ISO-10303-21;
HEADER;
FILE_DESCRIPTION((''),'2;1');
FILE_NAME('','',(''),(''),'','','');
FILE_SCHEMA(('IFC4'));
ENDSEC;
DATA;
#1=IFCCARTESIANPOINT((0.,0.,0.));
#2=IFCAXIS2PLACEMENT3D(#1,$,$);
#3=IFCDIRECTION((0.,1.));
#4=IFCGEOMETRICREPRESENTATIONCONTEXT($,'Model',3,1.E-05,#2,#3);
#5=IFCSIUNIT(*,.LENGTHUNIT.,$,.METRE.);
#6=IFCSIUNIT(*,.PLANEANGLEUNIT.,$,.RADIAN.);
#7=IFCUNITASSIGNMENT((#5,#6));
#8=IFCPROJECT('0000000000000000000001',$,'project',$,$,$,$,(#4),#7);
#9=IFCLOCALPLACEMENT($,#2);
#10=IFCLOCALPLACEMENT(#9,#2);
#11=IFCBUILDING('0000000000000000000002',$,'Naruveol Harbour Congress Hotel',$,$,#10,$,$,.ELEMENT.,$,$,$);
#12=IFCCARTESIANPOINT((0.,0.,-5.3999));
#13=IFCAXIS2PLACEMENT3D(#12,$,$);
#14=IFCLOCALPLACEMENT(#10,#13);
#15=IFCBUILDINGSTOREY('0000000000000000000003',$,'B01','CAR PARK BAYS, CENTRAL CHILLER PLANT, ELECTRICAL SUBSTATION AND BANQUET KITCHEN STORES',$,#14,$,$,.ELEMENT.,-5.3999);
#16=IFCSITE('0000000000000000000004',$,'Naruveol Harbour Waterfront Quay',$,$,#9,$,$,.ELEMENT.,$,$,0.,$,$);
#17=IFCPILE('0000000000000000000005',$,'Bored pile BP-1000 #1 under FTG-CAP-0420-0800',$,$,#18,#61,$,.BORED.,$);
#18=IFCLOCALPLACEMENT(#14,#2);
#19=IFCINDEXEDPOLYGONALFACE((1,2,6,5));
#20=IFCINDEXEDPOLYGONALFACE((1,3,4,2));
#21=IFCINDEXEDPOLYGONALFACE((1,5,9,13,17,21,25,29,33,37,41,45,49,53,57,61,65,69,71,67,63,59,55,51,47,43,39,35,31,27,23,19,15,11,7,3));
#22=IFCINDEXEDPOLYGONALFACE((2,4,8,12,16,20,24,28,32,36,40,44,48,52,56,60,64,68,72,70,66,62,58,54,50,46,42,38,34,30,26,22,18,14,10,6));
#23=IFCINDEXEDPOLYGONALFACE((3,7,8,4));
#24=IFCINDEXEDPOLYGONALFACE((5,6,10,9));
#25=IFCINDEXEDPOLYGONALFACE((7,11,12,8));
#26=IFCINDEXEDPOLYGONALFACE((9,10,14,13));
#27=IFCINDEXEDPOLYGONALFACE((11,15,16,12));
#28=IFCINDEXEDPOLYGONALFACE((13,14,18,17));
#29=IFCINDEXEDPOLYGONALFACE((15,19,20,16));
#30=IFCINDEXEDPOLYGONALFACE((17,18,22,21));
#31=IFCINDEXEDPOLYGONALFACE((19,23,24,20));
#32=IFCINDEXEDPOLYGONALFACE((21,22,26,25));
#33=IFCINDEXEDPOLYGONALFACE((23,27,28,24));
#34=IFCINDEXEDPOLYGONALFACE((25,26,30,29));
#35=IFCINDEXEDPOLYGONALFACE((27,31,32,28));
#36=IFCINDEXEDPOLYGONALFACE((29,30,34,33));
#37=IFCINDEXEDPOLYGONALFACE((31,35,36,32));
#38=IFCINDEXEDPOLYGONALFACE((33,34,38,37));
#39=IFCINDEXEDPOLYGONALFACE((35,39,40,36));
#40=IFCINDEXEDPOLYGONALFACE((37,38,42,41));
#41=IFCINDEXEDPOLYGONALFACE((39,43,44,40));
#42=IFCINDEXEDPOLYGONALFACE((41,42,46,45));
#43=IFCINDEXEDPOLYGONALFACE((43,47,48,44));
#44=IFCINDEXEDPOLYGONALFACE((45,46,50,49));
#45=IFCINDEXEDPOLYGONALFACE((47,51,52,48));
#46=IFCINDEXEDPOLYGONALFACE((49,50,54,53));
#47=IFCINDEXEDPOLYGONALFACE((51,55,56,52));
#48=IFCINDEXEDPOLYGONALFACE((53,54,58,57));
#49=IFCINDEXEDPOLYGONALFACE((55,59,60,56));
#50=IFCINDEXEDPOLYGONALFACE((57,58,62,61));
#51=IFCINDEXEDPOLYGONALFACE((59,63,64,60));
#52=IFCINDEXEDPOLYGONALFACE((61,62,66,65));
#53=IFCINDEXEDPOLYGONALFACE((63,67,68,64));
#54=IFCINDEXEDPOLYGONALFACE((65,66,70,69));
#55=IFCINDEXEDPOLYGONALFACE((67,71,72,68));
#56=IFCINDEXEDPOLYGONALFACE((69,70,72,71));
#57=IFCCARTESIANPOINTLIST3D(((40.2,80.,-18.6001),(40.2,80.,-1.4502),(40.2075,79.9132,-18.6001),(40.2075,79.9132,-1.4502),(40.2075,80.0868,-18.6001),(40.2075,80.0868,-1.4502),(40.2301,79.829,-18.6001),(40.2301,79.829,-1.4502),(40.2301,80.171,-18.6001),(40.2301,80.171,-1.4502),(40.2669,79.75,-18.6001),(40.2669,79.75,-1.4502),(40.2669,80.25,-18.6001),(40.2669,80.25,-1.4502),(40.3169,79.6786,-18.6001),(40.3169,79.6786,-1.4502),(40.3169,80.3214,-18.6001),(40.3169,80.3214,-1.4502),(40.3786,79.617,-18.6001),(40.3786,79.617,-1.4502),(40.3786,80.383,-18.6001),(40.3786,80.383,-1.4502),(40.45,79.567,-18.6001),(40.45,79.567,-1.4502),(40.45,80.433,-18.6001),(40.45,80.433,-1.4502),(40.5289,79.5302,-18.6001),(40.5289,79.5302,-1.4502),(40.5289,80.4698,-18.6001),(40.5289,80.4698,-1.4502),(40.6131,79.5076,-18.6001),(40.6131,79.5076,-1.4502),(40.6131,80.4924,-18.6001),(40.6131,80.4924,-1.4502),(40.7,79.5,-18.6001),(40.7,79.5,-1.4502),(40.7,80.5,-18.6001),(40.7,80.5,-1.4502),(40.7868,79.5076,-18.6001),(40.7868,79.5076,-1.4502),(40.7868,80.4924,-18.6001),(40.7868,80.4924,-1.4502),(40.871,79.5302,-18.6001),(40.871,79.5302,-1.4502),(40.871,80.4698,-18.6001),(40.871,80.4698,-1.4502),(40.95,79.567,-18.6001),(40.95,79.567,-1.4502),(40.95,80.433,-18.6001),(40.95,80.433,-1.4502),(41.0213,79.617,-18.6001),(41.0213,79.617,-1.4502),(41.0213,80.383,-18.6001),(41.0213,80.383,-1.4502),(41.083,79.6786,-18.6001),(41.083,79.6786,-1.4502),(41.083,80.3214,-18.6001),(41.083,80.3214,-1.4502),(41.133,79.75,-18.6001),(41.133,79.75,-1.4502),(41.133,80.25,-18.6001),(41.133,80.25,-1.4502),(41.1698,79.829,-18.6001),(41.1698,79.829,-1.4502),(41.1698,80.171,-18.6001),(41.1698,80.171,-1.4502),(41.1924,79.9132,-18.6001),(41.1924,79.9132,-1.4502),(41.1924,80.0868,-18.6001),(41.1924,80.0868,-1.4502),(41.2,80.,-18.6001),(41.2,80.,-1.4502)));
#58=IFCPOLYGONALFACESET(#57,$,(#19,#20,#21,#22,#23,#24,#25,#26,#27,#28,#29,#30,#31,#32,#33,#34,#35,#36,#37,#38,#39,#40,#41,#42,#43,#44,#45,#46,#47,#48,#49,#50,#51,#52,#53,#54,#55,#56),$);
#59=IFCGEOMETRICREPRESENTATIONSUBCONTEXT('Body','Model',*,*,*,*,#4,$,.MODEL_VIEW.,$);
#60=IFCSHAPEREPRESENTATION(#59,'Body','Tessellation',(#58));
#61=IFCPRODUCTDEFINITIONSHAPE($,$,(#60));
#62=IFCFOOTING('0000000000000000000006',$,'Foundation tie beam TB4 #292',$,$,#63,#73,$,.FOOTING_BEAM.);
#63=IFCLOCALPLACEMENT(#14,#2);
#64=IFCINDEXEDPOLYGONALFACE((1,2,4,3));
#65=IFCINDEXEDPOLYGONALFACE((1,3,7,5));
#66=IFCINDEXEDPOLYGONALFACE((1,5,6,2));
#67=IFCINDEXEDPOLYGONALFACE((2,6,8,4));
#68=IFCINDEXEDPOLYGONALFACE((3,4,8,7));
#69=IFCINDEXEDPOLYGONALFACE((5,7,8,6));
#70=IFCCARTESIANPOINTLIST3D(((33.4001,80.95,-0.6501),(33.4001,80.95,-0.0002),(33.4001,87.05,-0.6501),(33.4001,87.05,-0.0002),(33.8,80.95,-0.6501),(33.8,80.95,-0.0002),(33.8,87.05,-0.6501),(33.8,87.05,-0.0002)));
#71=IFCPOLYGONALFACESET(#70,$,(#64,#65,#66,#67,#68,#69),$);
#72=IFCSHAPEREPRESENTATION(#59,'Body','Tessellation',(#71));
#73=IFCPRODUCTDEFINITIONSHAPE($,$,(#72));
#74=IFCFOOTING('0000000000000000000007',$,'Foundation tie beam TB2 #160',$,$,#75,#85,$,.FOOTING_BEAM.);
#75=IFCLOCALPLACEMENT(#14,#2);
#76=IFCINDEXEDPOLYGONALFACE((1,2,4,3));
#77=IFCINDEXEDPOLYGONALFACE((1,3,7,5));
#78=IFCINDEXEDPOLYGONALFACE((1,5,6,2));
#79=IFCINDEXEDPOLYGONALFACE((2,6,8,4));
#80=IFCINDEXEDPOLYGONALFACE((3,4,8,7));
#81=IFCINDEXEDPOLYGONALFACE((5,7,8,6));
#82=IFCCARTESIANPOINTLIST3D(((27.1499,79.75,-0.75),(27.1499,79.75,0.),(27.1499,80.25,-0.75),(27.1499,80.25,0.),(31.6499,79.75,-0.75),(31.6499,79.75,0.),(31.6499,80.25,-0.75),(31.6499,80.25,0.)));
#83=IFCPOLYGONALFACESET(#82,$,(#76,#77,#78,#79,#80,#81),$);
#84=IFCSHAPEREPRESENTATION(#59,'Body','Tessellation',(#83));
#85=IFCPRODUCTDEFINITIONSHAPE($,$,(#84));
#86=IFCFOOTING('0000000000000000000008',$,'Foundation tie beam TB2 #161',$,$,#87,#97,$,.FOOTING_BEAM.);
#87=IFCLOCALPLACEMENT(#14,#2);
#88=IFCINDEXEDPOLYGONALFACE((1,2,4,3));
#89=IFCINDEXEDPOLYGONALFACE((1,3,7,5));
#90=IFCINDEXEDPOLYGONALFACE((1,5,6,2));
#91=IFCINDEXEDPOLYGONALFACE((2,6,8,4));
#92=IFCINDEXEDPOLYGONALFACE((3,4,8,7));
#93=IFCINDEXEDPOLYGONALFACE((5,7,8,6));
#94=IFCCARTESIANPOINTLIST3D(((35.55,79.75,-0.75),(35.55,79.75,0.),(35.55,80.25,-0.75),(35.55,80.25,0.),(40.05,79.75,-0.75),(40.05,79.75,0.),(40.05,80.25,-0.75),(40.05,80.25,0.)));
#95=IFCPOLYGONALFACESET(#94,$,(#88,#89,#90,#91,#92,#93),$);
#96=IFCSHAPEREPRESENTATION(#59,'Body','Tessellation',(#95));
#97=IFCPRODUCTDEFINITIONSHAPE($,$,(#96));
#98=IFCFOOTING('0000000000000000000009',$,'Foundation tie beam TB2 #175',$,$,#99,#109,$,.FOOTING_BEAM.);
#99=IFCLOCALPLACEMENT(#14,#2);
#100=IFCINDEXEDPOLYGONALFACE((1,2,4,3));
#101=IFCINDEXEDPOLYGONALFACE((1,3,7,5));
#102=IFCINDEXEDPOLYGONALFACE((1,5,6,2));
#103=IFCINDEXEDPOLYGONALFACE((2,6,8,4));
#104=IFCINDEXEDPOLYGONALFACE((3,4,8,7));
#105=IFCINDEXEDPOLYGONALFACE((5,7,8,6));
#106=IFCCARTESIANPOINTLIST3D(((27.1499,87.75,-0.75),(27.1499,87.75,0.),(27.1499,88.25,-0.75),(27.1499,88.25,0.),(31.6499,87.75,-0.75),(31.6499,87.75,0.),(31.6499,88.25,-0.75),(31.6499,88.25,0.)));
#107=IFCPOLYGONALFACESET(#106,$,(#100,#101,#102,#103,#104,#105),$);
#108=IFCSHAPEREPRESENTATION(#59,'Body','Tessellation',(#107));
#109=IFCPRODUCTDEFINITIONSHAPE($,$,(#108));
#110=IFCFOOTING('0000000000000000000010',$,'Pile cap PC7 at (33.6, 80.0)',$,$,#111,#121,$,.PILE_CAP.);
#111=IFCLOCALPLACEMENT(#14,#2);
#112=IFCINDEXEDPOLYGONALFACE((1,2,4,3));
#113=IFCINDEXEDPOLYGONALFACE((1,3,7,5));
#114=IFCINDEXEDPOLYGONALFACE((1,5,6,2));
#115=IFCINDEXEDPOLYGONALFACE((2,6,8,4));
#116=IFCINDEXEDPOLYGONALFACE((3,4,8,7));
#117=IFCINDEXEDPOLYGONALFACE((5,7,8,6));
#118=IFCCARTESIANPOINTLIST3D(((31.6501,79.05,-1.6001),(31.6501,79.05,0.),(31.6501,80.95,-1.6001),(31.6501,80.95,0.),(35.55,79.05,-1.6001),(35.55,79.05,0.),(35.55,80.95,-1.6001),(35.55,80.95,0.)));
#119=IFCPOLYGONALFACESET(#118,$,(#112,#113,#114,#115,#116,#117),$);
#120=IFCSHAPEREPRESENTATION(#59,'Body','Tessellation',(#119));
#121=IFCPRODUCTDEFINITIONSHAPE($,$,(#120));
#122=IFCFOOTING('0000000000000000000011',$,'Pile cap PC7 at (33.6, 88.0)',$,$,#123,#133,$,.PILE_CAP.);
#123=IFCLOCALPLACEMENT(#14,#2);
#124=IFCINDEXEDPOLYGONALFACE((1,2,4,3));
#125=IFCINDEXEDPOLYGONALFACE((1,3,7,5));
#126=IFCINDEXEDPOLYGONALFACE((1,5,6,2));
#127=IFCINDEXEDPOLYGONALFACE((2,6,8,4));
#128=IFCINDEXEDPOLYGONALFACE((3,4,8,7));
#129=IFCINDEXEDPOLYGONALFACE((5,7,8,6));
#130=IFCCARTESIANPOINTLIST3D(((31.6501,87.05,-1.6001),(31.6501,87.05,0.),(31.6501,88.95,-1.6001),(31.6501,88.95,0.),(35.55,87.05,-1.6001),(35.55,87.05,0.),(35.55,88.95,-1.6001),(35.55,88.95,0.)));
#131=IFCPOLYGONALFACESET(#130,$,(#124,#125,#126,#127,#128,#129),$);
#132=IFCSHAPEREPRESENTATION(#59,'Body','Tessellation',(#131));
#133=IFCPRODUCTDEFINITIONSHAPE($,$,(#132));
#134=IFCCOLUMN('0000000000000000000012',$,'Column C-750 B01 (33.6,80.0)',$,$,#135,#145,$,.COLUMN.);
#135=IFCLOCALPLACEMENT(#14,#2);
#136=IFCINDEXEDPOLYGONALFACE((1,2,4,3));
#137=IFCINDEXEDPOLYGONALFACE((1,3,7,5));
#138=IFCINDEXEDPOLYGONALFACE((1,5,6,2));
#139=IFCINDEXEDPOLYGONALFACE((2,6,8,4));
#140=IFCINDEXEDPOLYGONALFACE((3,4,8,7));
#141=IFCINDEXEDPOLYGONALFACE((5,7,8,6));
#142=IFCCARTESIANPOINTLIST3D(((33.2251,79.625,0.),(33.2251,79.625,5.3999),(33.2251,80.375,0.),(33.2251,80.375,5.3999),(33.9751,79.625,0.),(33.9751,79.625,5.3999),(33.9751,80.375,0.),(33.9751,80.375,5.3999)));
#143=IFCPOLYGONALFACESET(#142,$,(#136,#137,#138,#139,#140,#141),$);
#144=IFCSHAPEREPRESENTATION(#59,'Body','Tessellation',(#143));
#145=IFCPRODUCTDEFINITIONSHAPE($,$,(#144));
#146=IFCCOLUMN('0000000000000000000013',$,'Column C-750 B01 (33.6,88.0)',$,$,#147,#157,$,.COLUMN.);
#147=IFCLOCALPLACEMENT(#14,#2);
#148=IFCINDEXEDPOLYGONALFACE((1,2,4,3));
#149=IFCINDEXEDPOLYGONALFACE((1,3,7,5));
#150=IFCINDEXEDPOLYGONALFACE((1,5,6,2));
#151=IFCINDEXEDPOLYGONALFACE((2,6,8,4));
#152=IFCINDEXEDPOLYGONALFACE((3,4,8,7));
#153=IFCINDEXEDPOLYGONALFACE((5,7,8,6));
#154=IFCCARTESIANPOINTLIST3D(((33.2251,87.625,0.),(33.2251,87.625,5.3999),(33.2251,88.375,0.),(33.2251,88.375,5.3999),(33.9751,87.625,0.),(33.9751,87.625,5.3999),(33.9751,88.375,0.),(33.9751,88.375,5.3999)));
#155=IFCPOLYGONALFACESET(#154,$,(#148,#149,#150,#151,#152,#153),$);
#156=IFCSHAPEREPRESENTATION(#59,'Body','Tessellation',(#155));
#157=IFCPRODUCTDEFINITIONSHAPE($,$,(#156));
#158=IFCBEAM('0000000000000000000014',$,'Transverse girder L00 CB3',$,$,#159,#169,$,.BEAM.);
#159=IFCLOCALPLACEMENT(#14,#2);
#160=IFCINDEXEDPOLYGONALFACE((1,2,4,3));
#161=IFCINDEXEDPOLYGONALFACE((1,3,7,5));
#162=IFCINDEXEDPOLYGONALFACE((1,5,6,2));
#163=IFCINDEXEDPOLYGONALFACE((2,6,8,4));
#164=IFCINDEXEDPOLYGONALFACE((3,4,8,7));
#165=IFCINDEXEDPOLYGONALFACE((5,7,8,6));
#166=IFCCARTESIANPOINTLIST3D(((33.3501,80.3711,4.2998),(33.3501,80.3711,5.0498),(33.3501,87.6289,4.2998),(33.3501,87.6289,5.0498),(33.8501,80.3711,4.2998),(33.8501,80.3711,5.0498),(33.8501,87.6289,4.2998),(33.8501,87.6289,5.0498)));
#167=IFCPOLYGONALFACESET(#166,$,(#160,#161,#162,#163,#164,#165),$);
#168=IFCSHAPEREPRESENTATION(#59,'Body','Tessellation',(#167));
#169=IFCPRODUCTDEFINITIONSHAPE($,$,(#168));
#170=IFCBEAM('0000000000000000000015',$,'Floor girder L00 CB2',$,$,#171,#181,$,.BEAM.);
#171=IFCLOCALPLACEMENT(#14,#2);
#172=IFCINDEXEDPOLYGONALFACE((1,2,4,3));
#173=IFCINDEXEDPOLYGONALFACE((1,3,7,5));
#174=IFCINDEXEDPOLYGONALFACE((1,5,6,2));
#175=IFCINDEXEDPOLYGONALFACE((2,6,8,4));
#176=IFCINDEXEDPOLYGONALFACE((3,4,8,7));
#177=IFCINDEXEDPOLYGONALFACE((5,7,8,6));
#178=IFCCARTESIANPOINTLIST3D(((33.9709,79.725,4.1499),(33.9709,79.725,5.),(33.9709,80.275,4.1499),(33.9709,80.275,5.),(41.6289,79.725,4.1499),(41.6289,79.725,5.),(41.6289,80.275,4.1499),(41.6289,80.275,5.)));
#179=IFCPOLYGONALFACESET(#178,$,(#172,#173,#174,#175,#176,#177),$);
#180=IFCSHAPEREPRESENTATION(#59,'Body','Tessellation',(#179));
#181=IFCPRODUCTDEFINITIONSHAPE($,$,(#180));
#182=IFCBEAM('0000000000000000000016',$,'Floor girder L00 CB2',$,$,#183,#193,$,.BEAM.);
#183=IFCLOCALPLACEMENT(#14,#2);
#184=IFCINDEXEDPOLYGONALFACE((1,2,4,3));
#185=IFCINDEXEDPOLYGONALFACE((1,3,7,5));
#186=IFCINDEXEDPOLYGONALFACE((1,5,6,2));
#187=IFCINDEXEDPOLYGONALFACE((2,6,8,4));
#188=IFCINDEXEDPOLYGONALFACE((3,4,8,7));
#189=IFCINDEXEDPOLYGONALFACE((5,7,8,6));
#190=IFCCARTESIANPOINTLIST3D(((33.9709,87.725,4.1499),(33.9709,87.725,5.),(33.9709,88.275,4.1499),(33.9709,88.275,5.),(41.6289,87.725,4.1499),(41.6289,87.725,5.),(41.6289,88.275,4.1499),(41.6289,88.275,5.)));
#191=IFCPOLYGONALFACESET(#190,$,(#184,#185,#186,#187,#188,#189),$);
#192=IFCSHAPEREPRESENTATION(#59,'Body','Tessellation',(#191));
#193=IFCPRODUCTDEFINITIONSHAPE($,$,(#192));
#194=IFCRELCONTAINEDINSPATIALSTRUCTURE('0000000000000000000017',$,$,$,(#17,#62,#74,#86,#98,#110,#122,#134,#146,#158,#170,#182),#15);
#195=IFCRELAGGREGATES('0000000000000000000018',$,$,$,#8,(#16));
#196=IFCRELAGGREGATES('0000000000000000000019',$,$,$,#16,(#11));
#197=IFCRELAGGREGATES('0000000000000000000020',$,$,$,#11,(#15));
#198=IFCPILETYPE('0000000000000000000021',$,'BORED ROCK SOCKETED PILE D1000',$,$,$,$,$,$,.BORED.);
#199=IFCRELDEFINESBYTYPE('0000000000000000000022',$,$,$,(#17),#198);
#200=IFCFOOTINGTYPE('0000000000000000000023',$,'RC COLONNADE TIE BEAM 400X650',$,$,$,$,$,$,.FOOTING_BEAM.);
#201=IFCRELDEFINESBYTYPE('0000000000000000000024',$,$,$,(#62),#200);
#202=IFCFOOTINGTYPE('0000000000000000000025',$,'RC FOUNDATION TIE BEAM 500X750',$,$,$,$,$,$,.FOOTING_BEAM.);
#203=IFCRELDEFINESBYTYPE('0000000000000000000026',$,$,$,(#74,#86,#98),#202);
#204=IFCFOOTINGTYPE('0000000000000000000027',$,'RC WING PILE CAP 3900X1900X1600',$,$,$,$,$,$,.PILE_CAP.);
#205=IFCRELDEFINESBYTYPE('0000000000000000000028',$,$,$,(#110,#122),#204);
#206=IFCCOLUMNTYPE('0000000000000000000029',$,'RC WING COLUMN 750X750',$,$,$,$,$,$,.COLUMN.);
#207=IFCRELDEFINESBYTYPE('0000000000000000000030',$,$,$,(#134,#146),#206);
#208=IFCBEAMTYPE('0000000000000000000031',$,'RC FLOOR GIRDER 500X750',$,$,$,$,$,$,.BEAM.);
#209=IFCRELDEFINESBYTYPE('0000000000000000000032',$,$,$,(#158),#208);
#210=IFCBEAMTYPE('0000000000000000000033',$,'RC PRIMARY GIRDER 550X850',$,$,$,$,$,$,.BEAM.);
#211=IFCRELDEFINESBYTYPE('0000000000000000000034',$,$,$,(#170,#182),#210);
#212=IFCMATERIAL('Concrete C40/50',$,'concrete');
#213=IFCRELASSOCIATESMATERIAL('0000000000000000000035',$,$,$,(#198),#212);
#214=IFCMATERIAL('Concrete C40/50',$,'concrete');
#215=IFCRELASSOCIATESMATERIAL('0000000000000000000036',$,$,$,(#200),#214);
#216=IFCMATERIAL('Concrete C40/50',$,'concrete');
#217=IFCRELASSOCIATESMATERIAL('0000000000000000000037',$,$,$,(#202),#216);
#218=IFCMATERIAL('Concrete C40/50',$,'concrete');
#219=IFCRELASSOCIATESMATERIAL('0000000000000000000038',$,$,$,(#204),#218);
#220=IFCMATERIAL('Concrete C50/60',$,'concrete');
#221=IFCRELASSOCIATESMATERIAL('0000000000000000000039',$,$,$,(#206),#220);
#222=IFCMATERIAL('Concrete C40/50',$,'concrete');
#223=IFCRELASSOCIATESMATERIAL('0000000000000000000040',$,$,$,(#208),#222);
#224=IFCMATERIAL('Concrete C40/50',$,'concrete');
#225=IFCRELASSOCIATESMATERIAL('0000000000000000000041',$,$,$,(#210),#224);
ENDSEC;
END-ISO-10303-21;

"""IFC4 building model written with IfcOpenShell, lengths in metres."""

from ifc_helpers import new_model, si_unit, direction, frame, origin, origin_2d, place, context, subcontext, project, spatial, rectangle, circle, extrude, material, material_profile, profile_set, type_object, element, save


model = new_model("IFC4")

# Units and contexts
model_context = context("Model", 3, precision=1e-05, world=origin(), true_north=direction((0.0, 1.0)))
body_context = subcontext(model_context, "Body", "Model", "MODEL_VIEW")
ifc_project = project(units=[si_unit("LENGTHUNIT", "METRE"), si_unit("PLANEANGLEUNIT", "RADIAN")], contexts=[model_context])

# Site, building, storey
site_placement = place(None, origin())
site = spatial("IfcSite", under=ifc_project, at=site_placement, Name="Naruveol Harbour Waterfront Quay", CompositionType="ELEMENT", RefElevation=0.0)
building_placement = place(site_placement, origin())
building = spatial("IfcBuilding", under=site, at=building_placement, Name="Naruveol Harbour Congress Hotel", CompositionType="ELEMENT")
storey_placement = place(building_placement, frame((0.0, 0.0, -5.3999)))
storey = spatial("IfcBuildingStorey", under=building, at=storey_placement, Name="B01", Description="CAR PARK BAYS, CENTRAL CHILLER PLANT, ELECTRICAL SUBSTATION AND BANQUET KITCHEN STORES", CompositionType="ELEMENT", Elevation=-5.3999)

# Pile
ifc_material_1 = material(Name="Concrete C40/50", Category="concrete")
ifc_material_profile_1 = material_profile(ifc_material_1, circle(Radius=0.5, at=origin_2d()), Name="BP-1000")
ifc_profile_set_1 = profile_set([ifc_material_profile_1], Name="Concrete C40/50")
pile_type = type_object("IfcPileType", Name="BORED ROCK SOCKETED PILE D1000", PredefinedType="BORED", material=ifc_profile_set_1)
for number, where, z_axis, x_axis, name in (
    (1, (40.7, 80.0, -1.4502), (0.0, 0.0, -1.0), (1.0, 0.0, 0.0), "Bored pile BP-1000 #1 under FTG-CAP-0420-0800"),
):
    element("IfcPile", number, at=place(storey_placement, frame(where, z_axis=z_axis, x_axis=x_axis)), inside=storey, type_object=pile_type, Name=name, PredefinedType="BORED", context=body_context, shape_type="SweptSolid", body=[
        extrude(circle(Radius=0.5, at=origin_2d()), origin(), (0.0, 0.0, 1.0), 17.1499),
    ])

# Footings
ifc_material_2 = material(Name="Concrete C40/50", Category="concrete")
ifc_material_profile_2 = material_profile(ifc_material_2, rectangle(XDim=0.3999, YDim=0.6499, at=origin_2d()), Name="RCB-400x650")
ifc_profile_set_2 = profile_set([ifc_material_profile_2], Name="Concrete C40/50")
footing_type_1 = type_object("IfcFootingType", Name="RC COLONNADE TIE BEAM 400X650", PredefinedType="FOOTING_BEAM", material=ifc_profile_set_2)
footing_placement = place(storey_placement, frame((33.6001, 80.95, -0.3252), z_axis=(0.0, 1.0, 0.0), x_axis=(-1.0, 0.0, 0.0)))
element("IfcFooting", 2, at=footing_placement, inside=storey, type_object=footing_type_1, Name="Foundation tie beam TB4 #292", PredefinedType="FOOTING_BEAM", context=body_context, shape_type="SweptSolid", body=[
    extrude(rectangle(XDim=0.3999, YDim=0.6499, at=origin_2d()), origin(), (0.0, 0.0, 1.0), 6.1001),
])
ifc_material_3 = material(Name="Concrete C40/50", Category="concrete")
ifc_material_profile_3 = material_profile(ifc_material_3, rectangle(XDim=0.5, YDim=0.75, at=origin_2d()), Name="RCB-500x750")
ifc_profile_set_3 = profile_set([ifc_material_profile_3], Name="Concrete C40/50")
footing_type_2 = type_object("IfcFootingType", Name="RC FOUNDATION TIE BEAM 500X750", PredefinedType="FOOTING_BEAM", material=ifc_profile_set_3)
for number, where, z_axis, x_axis, name in (
    (3, (27.1499, 80.0, -0.375), (1.0, 0.0, 0.0), (0.0, 1.0, 0.0), "Foundation tie beam TB2 #160"),
    (4, (35.55, 80.0, -0.375), (1.0, 0.0, 0.0), (0.0, 1.0, 0.0), "Foundation tie beam TB2 #161"),
    (5, (27.1499, 88.0, -0.375), (1.0, 0.0, 0.0), (0.0, 1.0, 0.0), "Foundation tie beam TB2 #175"),
):
    element("IfcFooting", number, at=place(storey_placement, frame(where, z_axis=z_axis, x_axis=x_axis)), inside=storey, type_object=footing_type_2, Name=name, PredefinedType="FOOTING_BEAM", context=body_context, shape_type="SweptSolid", body=[
        extrude(rectangle(XDim=0.5, YDim=0.75, at=origin_2d()), origin(), (0.0, 0.0, 1.0), 4.5),
    ])
ifc_material_4 = material(Name="Concrete C40/50", Category="concrete")
footing_type_3 = type_object("IfcFootingType", Name="RC WING PILE CAP 3900X1900X1600", PredefinedType="PILE_CAP", material=ifc_material_4)
for number, where, z_axis, x_axis, name in (
    (6, (33.6001, 80.0, -1.6001), (0.0, 0.0, 1.0), (1.0, 0.0, 0.0), "Pile cap PC7 at (33.6, 80.0)"),
    (7, (33.6001, 88.0, -1.6001), (0.0, 0.0, 1.0), (1.0, 0.0, 0.0), "Pile cap PC7 at (33.6, 88.0)"),
):
    element("IfcFooting", number, at=place(storey_placement, frame(where, z_axis=z_axis, x_axis=x_axis)), inside=storey, type_object=footing_type_3, Name=name, PredefinedType="PILE_CAP", context=body_context, shape_type="SweptSolid", body=[
        extrude(rectangle(XDim=3.8999, YDim=1.8999, at=origin_2d()), origin(), (0.0, 0.0, 1.0), 1.6001),
    ])

# Columns
ifc_material_5 = material(Name="Concrete C50/60", Category="concrete")
ifc_material_profile_4 = material_profile(ifc_material_5, rectangle(XDim=0.75, YDim=0.75, at=origin_2d()), Name="RC-750x750")
ifc_profile_set_4 = profile_set([ifc_material_profile_4], Name="Concrete C50/60")
column_type = type_object("IfcColumnType", Name="RC WING COLUMN 750X750", PredefinedType="COLUMN", material=ifc_profile_set_4)
for number, where, z_axis, x_axis, name in (
    (8, (33.6001, 80.0, 0.0), (0.0, 0.0, 1.0), (1.0, 0.0, 0.0), "Column C-750 B01 (33.6,80.0)"),
    (9, (33.6001, 88.0, 0.0), (0.0, 0.0, 1.0), (1.0, 0.0, 0.0), "Column C-750 B01 (33.6,88.0)"),
):
    element("IfcColumn", number, at=place(storey_placement, frame(where, z_axis=z_axis, x_axis=x_axis)), inside=storey, type_object=column_type, Name=name, PredefinedType="COLUMN", context=body_context, shape_type="SweptSolid", body=[
        extrude(rectangle(XDim=0.75, YDim=0.75, at=origin_2d()), origin(), (0.0, 0.0, 1.0), 5.3999),
    ])

# Beams
ifc_material_6 = material(Name="Concrete C40/50", Category="concrete")
ifc_material_profile_5 = material_profile(ifc_material_6, rectangle(XDim=0.5, YDim=0.75, at=origin_2d()), Name="RCB-500x750")
ifc_profile_set_5 = profile_set([ifc_material_profile_5], Name="Concrete C40/50")
beam_type_1 = type_object("IfcBeamType", Name="RC FLOOR GIRDER 500X750", PredefinedType="BEAM", material=ifc_profile_set_5)
beam_placement = place(storey_placement, frame((33.6001, 80.3711, 4.6748), z_axis=(0.0, 1.0, 0.0), x_axis=(-1.0, 0.0, 0.0)))
element("IfcBeam", 10, at=beam_placement, inside=storey, type_object=beam_type_1, Name="Transverse girder L00 CB3", PredefinedType="BEAM", context=body_context, shape_type="SweptSolid", body=[
    extrude(rectangle(XDim=0.5, YDim=0.75, at=origin_2d()), origin(), (0.0, 0.0, 1.0), 7.2578),
])
ifc_material_7 = material(Name="Concrete C40/50", Category="concrete")
ifc_material_profile_6 = material_profile(ifc_material_7, rectangle(XDim=0.55, YDim=0.8501, at=origin_2d()), Name="RCB-550x850")
ifc_profile_set_6 = profile_set([ifc_material_profile_6], Name="Concrete C40/50")
beam_type_2 = type_object("IfcBeamType", Name="RC PRIMARY GIRDER 550X850", PredefinedType="BEAM", material=ifc_profile_set_6)
for number, where, z_axis, x_axis, name in (
    (11, (33.9709, 80.0, 4.575), (1.0, 0.0, 0.0), (0.0, 1.0, 0.0), "Floor girder L00 CB2"),
    (12, (33.9709, 88.0, 4.575), (1.0, 0.0, 0.0), (0.0, 1.0, 0.0), "Floor girder L00 CB2"),
):
    element("IfcBeam", number, at=place(storey_placement, frame(where, z_axis=z_axis, x_axis=x_axis)), inside=storey, type_object=beam_type_2, Name=name, PredefinedType="BEAM", context=body_context, shape_type="SweptSolid", body=[
        extrude(rectangle(XDim=0.55, YDim=0.8501, at=origin_2d()), origin(), (0.0, 0.0, 1.0), 7.658),
    ])

save(model, "model.ifc")
